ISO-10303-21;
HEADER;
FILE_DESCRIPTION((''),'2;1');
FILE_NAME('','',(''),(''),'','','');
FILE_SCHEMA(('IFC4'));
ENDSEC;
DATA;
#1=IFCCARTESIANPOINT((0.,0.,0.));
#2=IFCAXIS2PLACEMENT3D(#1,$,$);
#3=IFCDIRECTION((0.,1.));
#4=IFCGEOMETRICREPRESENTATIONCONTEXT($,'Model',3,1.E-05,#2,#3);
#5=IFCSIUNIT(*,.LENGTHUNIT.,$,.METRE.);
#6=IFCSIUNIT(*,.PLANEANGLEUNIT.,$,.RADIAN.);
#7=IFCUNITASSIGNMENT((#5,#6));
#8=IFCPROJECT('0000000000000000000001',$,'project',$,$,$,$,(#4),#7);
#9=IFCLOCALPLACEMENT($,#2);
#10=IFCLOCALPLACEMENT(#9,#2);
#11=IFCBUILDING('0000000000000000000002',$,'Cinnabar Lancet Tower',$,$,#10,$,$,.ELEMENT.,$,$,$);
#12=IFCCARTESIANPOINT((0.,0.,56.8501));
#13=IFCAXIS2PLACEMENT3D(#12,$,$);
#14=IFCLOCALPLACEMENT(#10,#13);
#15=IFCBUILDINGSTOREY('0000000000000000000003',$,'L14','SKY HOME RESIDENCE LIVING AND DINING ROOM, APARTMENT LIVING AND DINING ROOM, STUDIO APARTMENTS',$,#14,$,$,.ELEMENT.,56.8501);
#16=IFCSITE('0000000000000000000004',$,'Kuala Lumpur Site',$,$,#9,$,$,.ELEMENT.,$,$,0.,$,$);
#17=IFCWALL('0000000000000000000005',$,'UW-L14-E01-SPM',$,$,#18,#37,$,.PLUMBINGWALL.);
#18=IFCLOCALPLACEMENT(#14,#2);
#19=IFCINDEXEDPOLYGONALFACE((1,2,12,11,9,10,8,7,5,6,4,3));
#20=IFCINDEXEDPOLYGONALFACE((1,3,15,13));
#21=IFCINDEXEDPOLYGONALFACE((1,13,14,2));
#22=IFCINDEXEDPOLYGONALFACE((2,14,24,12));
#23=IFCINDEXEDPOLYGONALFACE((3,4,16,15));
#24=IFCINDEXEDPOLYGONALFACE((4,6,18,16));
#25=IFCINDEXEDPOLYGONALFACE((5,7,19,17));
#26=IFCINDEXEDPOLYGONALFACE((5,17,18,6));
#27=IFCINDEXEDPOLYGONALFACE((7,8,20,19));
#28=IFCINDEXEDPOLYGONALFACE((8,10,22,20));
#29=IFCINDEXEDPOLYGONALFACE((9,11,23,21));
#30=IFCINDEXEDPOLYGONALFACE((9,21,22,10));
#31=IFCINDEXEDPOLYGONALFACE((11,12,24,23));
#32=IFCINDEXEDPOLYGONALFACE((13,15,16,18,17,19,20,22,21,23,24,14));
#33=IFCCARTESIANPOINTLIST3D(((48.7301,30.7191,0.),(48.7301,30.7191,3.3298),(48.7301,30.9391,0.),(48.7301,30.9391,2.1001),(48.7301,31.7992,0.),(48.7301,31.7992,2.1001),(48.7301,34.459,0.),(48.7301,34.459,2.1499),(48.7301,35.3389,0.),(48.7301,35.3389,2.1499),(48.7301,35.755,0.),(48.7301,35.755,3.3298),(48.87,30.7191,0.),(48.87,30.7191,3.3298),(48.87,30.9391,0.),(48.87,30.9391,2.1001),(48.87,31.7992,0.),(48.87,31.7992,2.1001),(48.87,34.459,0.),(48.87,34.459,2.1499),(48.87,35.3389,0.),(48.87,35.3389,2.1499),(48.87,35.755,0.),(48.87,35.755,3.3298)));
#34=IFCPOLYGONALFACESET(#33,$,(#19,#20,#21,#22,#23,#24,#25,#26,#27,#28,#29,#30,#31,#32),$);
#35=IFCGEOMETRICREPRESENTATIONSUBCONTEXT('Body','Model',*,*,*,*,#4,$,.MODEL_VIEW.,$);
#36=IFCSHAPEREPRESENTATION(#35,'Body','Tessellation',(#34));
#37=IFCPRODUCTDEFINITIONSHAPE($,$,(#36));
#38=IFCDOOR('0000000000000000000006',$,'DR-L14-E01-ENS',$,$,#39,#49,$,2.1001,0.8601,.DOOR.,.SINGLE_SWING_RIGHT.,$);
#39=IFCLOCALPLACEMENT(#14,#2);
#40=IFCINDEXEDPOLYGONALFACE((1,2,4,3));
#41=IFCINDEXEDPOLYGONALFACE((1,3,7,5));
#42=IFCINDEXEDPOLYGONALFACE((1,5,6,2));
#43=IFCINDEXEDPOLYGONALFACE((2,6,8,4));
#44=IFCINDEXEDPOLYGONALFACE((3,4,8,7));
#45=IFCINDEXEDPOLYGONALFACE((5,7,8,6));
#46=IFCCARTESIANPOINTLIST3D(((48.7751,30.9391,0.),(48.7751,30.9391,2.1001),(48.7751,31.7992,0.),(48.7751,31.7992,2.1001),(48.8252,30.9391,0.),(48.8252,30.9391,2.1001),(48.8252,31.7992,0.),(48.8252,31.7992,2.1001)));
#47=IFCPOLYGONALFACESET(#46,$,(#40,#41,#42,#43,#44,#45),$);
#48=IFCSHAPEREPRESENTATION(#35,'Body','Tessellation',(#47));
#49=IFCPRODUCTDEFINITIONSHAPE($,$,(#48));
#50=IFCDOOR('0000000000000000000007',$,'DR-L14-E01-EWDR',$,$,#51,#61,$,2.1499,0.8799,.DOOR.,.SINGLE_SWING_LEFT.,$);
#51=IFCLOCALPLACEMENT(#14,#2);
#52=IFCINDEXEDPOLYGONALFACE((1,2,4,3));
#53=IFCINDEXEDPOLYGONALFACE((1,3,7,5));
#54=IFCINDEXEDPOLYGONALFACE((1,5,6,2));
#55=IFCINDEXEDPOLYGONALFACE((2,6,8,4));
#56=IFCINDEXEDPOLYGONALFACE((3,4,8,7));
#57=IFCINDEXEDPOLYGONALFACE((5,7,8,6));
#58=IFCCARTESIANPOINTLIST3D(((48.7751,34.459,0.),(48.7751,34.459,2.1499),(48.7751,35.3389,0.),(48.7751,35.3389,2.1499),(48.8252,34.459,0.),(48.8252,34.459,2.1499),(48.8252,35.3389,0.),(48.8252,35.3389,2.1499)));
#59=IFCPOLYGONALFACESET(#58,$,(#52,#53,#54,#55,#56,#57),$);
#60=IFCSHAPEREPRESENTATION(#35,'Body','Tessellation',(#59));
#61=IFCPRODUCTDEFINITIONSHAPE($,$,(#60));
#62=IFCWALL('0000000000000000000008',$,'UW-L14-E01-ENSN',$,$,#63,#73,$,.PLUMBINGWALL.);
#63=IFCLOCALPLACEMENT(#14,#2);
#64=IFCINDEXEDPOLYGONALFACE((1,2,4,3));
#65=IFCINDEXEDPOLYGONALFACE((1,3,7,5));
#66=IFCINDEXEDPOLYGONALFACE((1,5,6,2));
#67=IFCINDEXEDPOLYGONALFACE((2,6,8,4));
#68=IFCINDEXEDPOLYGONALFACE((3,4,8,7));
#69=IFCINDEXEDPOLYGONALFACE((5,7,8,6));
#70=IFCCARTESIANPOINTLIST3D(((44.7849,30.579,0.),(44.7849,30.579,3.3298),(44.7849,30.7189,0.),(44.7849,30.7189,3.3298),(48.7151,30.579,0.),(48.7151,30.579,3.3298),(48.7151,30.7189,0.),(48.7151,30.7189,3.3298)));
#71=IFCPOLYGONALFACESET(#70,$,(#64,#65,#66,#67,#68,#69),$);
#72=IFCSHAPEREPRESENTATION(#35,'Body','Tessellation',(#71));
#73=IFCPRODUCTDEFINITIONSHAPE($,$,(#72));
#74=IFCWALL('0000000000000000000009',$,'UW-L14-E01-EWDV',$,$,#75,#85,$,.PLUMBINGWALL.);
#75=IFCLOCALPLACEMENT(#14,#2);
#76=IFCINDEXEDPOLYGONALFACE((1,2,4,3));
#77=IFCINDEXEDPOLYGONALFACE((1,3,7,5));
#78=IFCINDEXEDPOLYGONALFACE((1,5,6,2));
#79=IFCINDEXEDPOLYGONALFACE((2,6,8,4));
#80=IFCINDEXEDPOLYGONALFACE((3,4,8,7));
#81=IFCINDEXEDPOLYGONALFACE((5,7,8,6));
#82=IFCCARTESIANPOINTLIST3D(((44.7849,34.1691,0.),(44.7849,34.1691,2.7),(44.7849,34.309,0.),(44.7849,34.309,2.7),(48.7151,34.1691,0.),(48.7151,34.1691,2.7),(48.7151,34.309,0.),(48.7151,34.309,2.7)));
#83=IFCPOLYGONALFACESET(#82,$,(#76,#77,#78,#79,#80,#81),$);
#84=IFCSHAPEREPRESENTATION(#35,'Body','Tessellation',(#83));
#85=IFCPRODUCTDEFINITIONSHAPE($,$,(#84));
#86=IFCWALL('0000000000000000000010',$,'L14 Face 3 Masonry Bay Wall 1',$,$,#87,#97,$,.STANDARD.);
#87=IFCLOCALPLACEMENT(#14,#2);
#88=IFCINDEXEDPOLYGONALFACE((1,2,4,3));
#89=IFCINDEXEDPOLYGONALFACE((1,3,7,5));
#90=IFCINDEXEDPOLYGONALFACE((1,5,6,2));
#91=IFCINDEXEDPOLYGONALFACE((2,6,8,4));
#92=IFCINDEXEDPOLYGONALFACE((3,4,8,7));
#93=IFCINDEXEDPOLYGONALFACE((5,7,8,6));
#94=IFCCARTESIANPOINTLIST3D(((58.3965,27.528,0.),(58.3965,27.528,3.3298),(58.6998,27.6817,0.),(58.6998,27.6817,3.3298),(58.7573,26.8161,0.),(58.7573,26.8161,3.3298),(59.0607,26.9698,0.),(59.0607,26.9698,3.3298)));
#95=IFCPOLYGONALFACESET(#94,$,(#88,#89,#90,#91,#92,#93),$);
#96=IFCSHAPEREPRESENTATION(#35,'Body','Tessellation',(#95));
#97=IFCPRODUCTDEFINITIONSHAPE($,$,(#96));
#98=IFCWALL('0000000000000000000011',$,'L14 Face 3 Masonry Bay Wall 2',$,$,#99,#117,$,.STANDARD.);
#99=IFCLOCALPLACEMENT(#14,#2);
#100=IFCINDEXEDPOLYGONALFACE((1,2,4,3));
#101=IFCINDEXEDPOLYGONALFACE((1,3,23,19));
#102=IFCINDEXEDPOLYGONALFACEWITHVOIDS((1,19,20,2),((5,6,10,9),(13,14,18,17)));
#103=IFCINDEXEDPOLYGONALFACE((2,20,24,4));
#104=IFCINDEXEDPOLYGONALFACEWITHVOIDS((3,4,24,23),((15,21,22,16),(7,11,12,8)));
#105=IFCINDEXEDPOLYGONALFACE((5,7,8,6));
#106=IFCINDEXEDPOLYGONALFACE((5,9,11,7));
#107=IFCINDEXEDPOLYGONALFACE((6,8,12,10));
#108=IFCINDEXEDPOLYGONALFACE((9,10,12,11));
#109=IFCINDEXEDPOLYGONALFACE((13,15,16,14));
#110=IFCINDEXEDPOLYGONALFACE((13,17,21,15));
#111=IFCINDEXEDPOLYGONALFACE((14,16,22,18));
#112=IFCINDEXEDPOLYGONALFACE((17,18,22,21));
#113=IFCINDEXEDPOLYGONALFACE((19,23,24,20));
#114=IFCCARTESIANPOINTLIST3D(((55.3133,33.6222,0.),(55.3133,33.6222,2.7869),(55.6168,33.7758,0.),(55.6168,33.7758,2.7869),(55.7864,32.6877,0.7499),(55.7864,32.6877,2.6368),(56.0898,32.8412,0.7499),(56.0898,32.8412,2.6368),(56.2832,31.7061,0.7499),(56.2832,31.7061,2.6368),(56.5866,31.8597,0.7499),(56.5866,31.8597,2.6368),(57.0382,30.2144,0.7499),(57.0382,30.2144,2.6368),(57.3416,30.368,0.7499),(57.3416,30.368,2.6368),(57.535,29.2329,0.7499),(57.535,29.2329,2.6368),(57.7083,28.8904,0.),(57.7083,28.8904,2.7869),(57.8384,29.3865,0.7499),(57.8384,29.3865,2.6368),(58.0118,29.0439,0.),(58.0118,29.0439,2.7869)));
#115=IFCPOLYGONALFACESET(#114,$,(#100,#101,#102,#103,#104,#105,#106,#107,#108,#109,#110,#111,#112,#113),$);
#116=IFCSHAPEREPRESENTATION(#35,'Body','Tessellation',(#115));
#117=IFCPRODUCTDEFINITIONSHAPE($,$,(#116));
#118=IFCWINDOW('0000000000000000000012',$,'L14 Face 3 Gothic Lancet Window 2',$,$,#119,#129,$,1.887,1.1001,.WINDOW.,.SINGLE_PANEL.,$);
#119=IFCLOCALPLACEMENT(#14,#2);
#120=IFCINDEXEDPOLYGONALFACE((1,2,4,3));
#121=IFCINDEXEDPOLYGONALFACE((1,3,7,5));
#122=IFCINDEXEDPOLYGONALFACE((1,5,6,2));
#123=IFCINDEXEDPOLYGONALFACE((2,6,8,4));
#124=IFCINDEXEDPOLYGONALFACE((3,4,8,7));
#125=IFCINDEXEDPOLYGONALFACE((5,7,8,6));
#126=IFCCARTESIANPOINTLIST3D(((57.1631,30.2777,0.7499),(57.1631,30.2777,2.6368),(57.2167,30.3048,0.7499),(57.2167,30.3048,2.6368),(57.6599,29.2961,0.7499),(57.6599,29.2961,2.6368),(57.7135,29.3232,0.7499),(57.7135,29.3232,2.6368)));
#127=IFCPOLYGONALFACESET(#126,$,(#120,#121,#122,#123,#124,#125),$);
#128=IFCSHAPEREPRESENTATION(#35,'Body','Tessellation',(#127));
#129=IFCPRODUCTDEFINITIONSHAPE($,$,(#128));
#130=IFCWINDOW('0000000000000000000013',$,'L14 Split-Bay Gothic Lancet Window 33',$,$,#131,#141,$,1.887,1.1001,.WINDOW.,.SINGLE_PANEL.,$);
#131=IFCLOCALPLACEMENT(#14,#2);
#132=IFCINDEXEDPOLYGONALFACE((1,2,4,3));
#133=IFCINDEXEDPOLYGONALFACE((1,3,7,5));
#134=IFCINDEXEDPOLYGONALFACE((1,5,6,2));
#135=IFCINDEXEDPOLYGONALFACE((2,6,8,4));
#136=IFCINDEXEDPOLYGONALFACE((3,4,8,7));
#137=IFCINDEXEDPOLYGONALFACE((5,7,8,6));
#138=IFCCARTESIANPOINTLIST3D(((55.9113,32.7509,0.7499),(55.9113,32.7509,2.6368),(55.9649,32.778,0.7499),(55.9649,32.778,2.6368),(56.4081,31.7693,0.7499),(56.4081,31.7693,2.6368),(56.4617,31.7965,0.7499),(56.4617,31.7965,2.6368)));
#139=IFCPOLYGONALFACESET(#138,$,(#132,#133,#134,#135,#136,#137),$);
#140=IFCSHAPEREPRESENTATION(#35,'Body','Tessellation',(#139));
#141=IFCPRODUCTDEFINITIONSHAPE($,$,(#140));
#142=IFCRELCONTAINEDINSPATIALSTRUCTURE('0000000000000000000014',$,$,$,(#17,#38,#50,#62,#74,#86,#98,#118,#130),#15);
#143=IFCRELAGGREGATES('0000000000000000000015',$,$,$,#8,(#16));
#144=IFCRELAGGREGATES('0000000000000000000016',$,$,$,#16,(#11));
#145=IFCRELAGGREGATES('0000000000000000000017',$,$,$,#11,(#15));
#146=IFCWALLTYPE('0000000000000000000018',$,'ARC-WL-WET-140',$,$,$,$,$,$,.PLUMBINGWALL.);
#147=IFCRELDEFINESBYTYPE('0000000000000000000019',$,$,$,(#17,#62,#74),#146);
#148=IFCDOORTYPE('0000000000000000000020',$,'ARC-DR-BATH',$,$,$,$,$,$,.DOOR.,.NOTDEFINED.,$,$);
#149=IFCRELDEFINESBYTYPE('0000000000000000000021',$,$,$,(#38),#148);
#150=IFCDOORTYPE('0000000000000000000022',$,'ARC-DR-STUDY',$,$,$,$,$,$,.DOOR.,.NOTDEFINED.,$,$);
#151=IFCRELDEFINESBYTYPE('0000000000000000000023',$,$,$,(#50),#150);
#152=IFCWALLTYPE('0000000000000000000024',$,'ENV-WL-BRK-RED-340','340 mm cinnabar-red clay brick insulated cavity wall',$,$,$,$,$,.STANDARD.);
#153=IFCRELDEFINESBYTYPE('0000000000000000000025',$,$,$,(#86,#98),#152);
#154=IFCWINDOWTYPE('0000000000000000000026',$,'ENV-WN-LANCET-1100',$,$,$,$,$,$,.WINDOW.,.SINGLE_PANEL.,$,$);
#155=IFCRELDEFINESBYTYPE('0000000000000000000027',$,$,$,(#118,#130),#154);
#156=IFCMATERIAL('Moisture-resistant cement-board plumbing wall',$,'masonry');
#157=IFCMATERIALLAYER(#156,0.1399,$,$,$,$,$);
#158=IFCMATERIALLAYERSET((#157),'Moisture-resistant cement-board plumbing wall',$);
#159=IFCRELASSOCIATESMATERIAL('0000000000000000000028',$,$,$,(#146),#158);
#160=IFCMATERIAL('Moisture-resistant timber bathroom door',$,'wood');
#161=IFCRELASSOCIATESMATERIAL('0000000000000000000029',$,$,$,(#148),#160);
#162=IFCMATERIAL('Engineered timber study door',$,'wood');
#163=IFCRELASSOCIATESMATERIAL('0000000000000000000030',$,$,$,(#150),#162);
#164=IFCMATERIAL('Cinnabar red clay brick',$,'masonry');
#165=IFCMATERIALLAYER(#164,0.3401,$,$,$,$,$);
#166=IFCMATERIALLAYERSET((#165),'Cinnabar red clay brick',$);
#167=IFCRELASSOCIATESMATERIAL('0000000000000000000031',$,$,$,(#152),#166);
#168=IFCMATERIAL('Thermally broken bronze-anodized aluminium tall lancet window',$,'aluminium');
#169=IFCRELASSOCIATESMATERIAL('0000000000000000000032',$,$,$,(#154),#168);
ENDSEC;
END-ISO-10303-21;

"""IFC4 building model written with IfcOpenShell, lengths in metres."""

from ifc_helpers import new_model, si_unit, direction, frame, frame_2d, origin, place, context, subcontext, project, spatial, rectangle, extrude, material, layer, layer_set, type_object, element, fill, save


model = new_model("IFC4")

# Units and contexts
model_context = context("Model", 3, precision=1e-05, world=origin(), true_north=direction((0.0, 1.0)))
body_context = subcontext(model_context, "Body", "Model", "MODEL_VIEW")
ifc_project = project(units=[si_unit("LENGTHUNIT", "METRE"), si_unit("PLANEANGLEUNIT", "RADIAN")], contexts=[model_context])

# Site, building, storey
site_placement = place(None, origin())
site = spatial("IfcSite", under=ifc_project, at=site_placement, Name="Kuala Lumpur Site", CompositionType="ELEMENT", RefElevation=0.0)
building_placement = place(site_placement, origin())
building = spatial("IfcBuilding", under=site, at=building_placement, Name="Cinnabar Lancet Tower", CompositionType="ELEMENT")
storey_placement = place(building_placement, frame((0.0, 0.0, 56.8501)))
storey = spatial("IfcBuildingStorey", under=building, at=storey_placement, Name="L14", Description="SKY HOME RESIDENCE LIVING AND DINING ROOM, APARTMENT LIVING AND DINING ROOM, STUDIO APARTMENTS", CompositionType="ELEMENT", Elevation=56.8501)

# Wall, openings, doors
ifc_material_1 = material(Name="Moisture-resistant cement-board plumbing wall", Category="masonry")
ifc_layer_1 = layer(ifc_material_1, 0.1399)
ifc_layer_set_1 = layer_set([ifc_layer_1], Name="Moisture-resistant cement-board plumbing wall")
wall_type_1 = type_object("IfcWallType", Name="ARC-WL-WET-140", PredefinedType="PLUMBINGWALL", material=ifc_layer_set_1)
wall_1_placement = place(storey_placement, frame((48.8, 30.719, 0.0), z_axis=(0.0, 0.0, 1.0), x_axis=(0.0, 1.0, 0.0)))
wall_1 = element("IfcWall", 1, at=wall_1_placement, inside=storey, type_object=wall_type_1, Name="UW-L14-E01-SPM", PredefinedType="PLUMBINGWALL", context=body_context, shape_type="SweptSolid", body=[
    extrude(rectangle(XDim=5.0359, YDim=0.1399, at=frame_2d((2.5181, 0.0))), origin(), (0.0, 0.0, 1.0), 3.3298),
])
opening_1_placement = place(wall_1_placement, frame((0.22, 0.0, 0.0)))
opening_1 = element("IfcOpeningElement", 2, at=opening_1_placement, cuts=wall_1, PredefinedType="OPENING", context=body_context, shape_type="SweptSolid", body=[
    extrude(rectangle(XDim=0.8601, YDim=2.1001, at=frame_2d((0.4302, 1.05))), frame((0.0, 0.0798, 0.0), z_axis=(0.0, -1.0, 0.0), x_axis=(1.0, 0.0, 0.0)), (0.0, 0.0, 1.0), 0.1599),
])
opening_2_placement = place(wall_1_placement, frame((3.74, 0.0, 0.0)))
opening_2 = element("IfcOpeningElement", 3, at=opening_2_placement, cuts=wall_1, PredefinedType="OPENING", context=body_context, shape_type="SweptSolid", body=[
    extrude(rectangle(XDim=0.8799, YDim=2.1499, at=frame_2d((0.4399, 1.075))), frame((0.0, 0.0798, 0.0), z_axis=(0.0, -1.0, 0.0), x_axis=(1.0, 0.0, 0.0)), (0.0, 0.0, 1.0), 0.1599),
])
ifc_material_2 = material(Name="Moisture-resistant timber bathroom door", Category="wood")
door_type_1 = type_object("IfcDoorType", Name="ARC-DR-BATH", OperationType="NOTDEFINED", PredefinedType="DOOR", material=ifc_material_2)
door_1_placement = place(opening_1_placement, origin())
door_1 = element("IfcDoor", 4, at=door_1_placement, inside=storey, type_object=door_type_1, Name="DR-L14-E01-ENS", OperationType="SINGLE_SWING_RIGHT", OverallHeight=2.1001, OverallWidth=0.8601, PredefinedType="DOOR", context=body_context, shape_type="SweptSolid", body=[
    extrude(rectangle(XDim=0.8601, YDim=2.1001, at=frame_2d((0.4302, 1.05))), frame((0.0, 0.0249, 0.0), z_axis=(0.0, -1.0, 0.0), x_axis=(1.0, 0.0, 0.0)), (0.0, 0.0, 1.0), 0.05),
])
fill(opening_1, door_1)
ifc_material_3 = material(Name="Engineered timber study door", Category="wood")
door_type_2 = type_object("IfcDoorType", Name="ARC-DR-STUDY", OperationType="NOTDEFINED", PredefinedType="DOOR", material=ifc_material_3)
door_2_placement = place(opening_2_placement, origin())
door_2 = element("IfcDoor", 5, at=door_2_placement, inside=storey, type_object=door_type_2, Name="DR-L14-E01-EWDR", OperationType="SINGLE_SWING_LEFT", OverallHeight=2.1499, OverallWidth=0.8799, PredefinedType="DOOR", context=body_context, shape_type="SweptSolid", body=[
    extrude(rectangle(XDim=0.8799, YDim=2.1499, at=frame_2d((0.4399, 1.075))), frame((0.0, 0.0249, 0.0), z_axis=(0.0, -1.0, 0.0), x_axis=(1.0, 0.0, 0.0)), (0.0, 0.0, 1.0), 0.05),
])
fill(opening_2, door_2)

# Walls
wall_2_placement = place(storey_placement, frame((44.7849, 30.6489, 0.0), z_axis=(0.0, 0.0, 1.0), x_axis=(1.0, 0.0, 0.0)))
element("IfcWall", 6, at=wall_2_placement, inside=storey, type_object=wall_type_1, Name="UW-L14-E01-ENSN", PredefinedType="PLUMBINGWALL", context=body_context, shape_type="SweptSolid", body=[
    extrude(rectangle(XDim=3.9302, YDim=0.1399, at=frame_2d((1.9651, 0.0))), origin(), (0.0, 0.0, 1.0), 3.3298),
])
wall_3_placement = place(storey_placement, frame((44.7849, 34.239, 0.0), z_axis=(0.0, 0.0, 1.0), x_axis=(1.0, 0.0, 0.0)))
element("IfcWall", 7, at=wall_3_placement, inside=storey, type_object=wall_type_1, Name="UW-L14-E01-EWDV", PredefinedType="PLUMBINGWALL", context=body_context, shape_type="SweptSolid", body=[
    extrude(rectangle(XDim=3.9302, YDim=0.1399, at=frame_2d((1.9651, 0.0))), origin(), (0.0, 0.0, 1.0), 2.7),
])
ifc_material_4 = material(Name="Cinnabar red clay brick", Category="masonry")
ifc_layer_2 = layer(ifc_material_4, 0.3401)
ifc_layer_set_2 = layer_set([ifc_layer_2], Name="Cinnabar red clay brick")
wall_type_2 = type_object("IfcWallType", Name="ENV-WL-BRK-RED-340", Description="340 mm cinnabar-red clay brick insulated cavity wall", PredefinedType="STANDARD", material=ifc_layer_set_2)
wall_4_placement = place(storey_placement, frame((58.9089, 26.8931, 0.0), z_axis=(0.0, 0.0, 1.0), x_axis=(-0.452101, 0.891967, 0.0)))
element("IfcWall", 8, at=wall_4_placement, inside=storey, type_object=wall_type_2, Name="L14 Face 3 Masonry Bay Wall 1", PredefinedType="STANDARD", context=body_context, shape_type="SweptSolid", body=[
    extrude(rectangle(XDim=0.7981, YDim=0.3401, at=frame_2d((0.3989, 0.0))), origin(), (0.0, 0.0, 1.0), 3.3298),
])

# Wall, openings, windows
wall_5_placement = place(storey_placement, frame((57.8601, 28.967, 0.0), z_axis=(0.0, 0.0, 1.0), x_axis=(-0.451591, 0.892225, 0.0)))
wall_5 = element("IfcWall", 9, at=wall_5_placement, inside=storey, type_object=wall_type_2, Name="L14 Face 3 Masonry Bay Wall 2", PredefinedType="STANDARD", context=body_context, shape_type="SweptSolid", body=[
    extrude(rectangle(XDim=5.3035, YDim=0.3401, at=frame_2d((2.6519, 0.0))), origin(), (0.0, 0.0, 1.0), 2.7869),
])
opening_3_placement = place(wall_5_placement, frame((0.384, 0.0, 0.75)))
opening_3 = element("IfcOpeningElement", 10, at=opening_3_placement, cuts=wall_5, PredefinedType="OPENING", context=body_context, shape_type="SweptSolid", body=[
    extrude(rectangle(XDim=1.1001, YDim=1.887, at=frame_2d((0.55, 0.9434))), frame((0.0, 0.1799, 0.0), z_axis=(0.0, -1.0, 0.0), x_axis=(1.0, 0.0, 0.0)), (0.0, 0.0, 1.0), 0.3601),
])
opening_4_placement = place(wall_5_placement, frame((3.156, 0.0, 0.75)))
opening_4 = element("IfcOpeningElement", 11, at=opening_4_placement, cuts=wall_5, PredefinedType="OPENING", context=body_context, shape_type="SweptSolid", body=[
    extrude(rectangle(XDim=1.1001, YDim=1.887, at=frame_2d((0.55, 0.9434))), frame((0.0, 0.1799, 0.0), z_axis=(0.0, -1.0, 0.0), x_axis=(1.0, 0.0, 0.0)), (0.0, 0.0, 1.0), 0.3601),
])
ifc_material_5 = material(Name="Thermally broken bronze-anodized aluminium tall lancet window", Category="aluminium")
window_type = type_object("IfcWindowType", Name="ENV-WN-LANCET-1100", PartitioningType="SINGLE_PANEL", PredefinedType="WINDOW", material=ifc_material_5)
window_1_placement = place(opening_3_placement, origin())
window_1 = element("IfcWindow", 12, at=window_1_placement, inside=storey, type_object=window_type, Name="L14 Face 3 Gothic Lancet Window 2", OverallHeight=1.887, OverallWidth=1.1001, PartitioningType="SINGLE_PANEL", PredefinedType="WINDOW", context=body_context, shape_type="SweptSolid", body=[
    extrude(rectangle(XDim=1.1001, YDim=1.887, at=frame_2d((0.55, 0.9434))), frame((0.0, 0.03, 0.0), z_axis=(0.0, -1.0, 0.0), x_axis=(1.0, 0.0, 0.0)), (0.0, 0.0, 1.0), 0.0601),
])
fill(opening_3, window_1)
window_2_placement = place(opening_4_placement, origin())
window_2 = element("IfcWindow", 13, at=window_2_placement, inside=storey, type_object=window_type, Name="L14 Split-Bay Gothic Lancet Window 33", OverallHeight=1.887, OverallWidth=1.1001, PartitioningType="SINGLE_PANEL", PredefinedType="WINDOW", context=body_context, shape_type="SweptSolid", body=[
    extrude(rectangle(XDim=1.1001, YDim=1.887, at=frame_2d((0.55, 0.9434))), frame((0.0, 0.03, 0.0), z_axis=(0.0, -1.0, 0.0), x_axis=(1.0, 0.0, 0.0)), (0.0, 0.0, 1.0), 0.0601),
])
fill(opening_4, window_2)

save(model, "model.ifc")
